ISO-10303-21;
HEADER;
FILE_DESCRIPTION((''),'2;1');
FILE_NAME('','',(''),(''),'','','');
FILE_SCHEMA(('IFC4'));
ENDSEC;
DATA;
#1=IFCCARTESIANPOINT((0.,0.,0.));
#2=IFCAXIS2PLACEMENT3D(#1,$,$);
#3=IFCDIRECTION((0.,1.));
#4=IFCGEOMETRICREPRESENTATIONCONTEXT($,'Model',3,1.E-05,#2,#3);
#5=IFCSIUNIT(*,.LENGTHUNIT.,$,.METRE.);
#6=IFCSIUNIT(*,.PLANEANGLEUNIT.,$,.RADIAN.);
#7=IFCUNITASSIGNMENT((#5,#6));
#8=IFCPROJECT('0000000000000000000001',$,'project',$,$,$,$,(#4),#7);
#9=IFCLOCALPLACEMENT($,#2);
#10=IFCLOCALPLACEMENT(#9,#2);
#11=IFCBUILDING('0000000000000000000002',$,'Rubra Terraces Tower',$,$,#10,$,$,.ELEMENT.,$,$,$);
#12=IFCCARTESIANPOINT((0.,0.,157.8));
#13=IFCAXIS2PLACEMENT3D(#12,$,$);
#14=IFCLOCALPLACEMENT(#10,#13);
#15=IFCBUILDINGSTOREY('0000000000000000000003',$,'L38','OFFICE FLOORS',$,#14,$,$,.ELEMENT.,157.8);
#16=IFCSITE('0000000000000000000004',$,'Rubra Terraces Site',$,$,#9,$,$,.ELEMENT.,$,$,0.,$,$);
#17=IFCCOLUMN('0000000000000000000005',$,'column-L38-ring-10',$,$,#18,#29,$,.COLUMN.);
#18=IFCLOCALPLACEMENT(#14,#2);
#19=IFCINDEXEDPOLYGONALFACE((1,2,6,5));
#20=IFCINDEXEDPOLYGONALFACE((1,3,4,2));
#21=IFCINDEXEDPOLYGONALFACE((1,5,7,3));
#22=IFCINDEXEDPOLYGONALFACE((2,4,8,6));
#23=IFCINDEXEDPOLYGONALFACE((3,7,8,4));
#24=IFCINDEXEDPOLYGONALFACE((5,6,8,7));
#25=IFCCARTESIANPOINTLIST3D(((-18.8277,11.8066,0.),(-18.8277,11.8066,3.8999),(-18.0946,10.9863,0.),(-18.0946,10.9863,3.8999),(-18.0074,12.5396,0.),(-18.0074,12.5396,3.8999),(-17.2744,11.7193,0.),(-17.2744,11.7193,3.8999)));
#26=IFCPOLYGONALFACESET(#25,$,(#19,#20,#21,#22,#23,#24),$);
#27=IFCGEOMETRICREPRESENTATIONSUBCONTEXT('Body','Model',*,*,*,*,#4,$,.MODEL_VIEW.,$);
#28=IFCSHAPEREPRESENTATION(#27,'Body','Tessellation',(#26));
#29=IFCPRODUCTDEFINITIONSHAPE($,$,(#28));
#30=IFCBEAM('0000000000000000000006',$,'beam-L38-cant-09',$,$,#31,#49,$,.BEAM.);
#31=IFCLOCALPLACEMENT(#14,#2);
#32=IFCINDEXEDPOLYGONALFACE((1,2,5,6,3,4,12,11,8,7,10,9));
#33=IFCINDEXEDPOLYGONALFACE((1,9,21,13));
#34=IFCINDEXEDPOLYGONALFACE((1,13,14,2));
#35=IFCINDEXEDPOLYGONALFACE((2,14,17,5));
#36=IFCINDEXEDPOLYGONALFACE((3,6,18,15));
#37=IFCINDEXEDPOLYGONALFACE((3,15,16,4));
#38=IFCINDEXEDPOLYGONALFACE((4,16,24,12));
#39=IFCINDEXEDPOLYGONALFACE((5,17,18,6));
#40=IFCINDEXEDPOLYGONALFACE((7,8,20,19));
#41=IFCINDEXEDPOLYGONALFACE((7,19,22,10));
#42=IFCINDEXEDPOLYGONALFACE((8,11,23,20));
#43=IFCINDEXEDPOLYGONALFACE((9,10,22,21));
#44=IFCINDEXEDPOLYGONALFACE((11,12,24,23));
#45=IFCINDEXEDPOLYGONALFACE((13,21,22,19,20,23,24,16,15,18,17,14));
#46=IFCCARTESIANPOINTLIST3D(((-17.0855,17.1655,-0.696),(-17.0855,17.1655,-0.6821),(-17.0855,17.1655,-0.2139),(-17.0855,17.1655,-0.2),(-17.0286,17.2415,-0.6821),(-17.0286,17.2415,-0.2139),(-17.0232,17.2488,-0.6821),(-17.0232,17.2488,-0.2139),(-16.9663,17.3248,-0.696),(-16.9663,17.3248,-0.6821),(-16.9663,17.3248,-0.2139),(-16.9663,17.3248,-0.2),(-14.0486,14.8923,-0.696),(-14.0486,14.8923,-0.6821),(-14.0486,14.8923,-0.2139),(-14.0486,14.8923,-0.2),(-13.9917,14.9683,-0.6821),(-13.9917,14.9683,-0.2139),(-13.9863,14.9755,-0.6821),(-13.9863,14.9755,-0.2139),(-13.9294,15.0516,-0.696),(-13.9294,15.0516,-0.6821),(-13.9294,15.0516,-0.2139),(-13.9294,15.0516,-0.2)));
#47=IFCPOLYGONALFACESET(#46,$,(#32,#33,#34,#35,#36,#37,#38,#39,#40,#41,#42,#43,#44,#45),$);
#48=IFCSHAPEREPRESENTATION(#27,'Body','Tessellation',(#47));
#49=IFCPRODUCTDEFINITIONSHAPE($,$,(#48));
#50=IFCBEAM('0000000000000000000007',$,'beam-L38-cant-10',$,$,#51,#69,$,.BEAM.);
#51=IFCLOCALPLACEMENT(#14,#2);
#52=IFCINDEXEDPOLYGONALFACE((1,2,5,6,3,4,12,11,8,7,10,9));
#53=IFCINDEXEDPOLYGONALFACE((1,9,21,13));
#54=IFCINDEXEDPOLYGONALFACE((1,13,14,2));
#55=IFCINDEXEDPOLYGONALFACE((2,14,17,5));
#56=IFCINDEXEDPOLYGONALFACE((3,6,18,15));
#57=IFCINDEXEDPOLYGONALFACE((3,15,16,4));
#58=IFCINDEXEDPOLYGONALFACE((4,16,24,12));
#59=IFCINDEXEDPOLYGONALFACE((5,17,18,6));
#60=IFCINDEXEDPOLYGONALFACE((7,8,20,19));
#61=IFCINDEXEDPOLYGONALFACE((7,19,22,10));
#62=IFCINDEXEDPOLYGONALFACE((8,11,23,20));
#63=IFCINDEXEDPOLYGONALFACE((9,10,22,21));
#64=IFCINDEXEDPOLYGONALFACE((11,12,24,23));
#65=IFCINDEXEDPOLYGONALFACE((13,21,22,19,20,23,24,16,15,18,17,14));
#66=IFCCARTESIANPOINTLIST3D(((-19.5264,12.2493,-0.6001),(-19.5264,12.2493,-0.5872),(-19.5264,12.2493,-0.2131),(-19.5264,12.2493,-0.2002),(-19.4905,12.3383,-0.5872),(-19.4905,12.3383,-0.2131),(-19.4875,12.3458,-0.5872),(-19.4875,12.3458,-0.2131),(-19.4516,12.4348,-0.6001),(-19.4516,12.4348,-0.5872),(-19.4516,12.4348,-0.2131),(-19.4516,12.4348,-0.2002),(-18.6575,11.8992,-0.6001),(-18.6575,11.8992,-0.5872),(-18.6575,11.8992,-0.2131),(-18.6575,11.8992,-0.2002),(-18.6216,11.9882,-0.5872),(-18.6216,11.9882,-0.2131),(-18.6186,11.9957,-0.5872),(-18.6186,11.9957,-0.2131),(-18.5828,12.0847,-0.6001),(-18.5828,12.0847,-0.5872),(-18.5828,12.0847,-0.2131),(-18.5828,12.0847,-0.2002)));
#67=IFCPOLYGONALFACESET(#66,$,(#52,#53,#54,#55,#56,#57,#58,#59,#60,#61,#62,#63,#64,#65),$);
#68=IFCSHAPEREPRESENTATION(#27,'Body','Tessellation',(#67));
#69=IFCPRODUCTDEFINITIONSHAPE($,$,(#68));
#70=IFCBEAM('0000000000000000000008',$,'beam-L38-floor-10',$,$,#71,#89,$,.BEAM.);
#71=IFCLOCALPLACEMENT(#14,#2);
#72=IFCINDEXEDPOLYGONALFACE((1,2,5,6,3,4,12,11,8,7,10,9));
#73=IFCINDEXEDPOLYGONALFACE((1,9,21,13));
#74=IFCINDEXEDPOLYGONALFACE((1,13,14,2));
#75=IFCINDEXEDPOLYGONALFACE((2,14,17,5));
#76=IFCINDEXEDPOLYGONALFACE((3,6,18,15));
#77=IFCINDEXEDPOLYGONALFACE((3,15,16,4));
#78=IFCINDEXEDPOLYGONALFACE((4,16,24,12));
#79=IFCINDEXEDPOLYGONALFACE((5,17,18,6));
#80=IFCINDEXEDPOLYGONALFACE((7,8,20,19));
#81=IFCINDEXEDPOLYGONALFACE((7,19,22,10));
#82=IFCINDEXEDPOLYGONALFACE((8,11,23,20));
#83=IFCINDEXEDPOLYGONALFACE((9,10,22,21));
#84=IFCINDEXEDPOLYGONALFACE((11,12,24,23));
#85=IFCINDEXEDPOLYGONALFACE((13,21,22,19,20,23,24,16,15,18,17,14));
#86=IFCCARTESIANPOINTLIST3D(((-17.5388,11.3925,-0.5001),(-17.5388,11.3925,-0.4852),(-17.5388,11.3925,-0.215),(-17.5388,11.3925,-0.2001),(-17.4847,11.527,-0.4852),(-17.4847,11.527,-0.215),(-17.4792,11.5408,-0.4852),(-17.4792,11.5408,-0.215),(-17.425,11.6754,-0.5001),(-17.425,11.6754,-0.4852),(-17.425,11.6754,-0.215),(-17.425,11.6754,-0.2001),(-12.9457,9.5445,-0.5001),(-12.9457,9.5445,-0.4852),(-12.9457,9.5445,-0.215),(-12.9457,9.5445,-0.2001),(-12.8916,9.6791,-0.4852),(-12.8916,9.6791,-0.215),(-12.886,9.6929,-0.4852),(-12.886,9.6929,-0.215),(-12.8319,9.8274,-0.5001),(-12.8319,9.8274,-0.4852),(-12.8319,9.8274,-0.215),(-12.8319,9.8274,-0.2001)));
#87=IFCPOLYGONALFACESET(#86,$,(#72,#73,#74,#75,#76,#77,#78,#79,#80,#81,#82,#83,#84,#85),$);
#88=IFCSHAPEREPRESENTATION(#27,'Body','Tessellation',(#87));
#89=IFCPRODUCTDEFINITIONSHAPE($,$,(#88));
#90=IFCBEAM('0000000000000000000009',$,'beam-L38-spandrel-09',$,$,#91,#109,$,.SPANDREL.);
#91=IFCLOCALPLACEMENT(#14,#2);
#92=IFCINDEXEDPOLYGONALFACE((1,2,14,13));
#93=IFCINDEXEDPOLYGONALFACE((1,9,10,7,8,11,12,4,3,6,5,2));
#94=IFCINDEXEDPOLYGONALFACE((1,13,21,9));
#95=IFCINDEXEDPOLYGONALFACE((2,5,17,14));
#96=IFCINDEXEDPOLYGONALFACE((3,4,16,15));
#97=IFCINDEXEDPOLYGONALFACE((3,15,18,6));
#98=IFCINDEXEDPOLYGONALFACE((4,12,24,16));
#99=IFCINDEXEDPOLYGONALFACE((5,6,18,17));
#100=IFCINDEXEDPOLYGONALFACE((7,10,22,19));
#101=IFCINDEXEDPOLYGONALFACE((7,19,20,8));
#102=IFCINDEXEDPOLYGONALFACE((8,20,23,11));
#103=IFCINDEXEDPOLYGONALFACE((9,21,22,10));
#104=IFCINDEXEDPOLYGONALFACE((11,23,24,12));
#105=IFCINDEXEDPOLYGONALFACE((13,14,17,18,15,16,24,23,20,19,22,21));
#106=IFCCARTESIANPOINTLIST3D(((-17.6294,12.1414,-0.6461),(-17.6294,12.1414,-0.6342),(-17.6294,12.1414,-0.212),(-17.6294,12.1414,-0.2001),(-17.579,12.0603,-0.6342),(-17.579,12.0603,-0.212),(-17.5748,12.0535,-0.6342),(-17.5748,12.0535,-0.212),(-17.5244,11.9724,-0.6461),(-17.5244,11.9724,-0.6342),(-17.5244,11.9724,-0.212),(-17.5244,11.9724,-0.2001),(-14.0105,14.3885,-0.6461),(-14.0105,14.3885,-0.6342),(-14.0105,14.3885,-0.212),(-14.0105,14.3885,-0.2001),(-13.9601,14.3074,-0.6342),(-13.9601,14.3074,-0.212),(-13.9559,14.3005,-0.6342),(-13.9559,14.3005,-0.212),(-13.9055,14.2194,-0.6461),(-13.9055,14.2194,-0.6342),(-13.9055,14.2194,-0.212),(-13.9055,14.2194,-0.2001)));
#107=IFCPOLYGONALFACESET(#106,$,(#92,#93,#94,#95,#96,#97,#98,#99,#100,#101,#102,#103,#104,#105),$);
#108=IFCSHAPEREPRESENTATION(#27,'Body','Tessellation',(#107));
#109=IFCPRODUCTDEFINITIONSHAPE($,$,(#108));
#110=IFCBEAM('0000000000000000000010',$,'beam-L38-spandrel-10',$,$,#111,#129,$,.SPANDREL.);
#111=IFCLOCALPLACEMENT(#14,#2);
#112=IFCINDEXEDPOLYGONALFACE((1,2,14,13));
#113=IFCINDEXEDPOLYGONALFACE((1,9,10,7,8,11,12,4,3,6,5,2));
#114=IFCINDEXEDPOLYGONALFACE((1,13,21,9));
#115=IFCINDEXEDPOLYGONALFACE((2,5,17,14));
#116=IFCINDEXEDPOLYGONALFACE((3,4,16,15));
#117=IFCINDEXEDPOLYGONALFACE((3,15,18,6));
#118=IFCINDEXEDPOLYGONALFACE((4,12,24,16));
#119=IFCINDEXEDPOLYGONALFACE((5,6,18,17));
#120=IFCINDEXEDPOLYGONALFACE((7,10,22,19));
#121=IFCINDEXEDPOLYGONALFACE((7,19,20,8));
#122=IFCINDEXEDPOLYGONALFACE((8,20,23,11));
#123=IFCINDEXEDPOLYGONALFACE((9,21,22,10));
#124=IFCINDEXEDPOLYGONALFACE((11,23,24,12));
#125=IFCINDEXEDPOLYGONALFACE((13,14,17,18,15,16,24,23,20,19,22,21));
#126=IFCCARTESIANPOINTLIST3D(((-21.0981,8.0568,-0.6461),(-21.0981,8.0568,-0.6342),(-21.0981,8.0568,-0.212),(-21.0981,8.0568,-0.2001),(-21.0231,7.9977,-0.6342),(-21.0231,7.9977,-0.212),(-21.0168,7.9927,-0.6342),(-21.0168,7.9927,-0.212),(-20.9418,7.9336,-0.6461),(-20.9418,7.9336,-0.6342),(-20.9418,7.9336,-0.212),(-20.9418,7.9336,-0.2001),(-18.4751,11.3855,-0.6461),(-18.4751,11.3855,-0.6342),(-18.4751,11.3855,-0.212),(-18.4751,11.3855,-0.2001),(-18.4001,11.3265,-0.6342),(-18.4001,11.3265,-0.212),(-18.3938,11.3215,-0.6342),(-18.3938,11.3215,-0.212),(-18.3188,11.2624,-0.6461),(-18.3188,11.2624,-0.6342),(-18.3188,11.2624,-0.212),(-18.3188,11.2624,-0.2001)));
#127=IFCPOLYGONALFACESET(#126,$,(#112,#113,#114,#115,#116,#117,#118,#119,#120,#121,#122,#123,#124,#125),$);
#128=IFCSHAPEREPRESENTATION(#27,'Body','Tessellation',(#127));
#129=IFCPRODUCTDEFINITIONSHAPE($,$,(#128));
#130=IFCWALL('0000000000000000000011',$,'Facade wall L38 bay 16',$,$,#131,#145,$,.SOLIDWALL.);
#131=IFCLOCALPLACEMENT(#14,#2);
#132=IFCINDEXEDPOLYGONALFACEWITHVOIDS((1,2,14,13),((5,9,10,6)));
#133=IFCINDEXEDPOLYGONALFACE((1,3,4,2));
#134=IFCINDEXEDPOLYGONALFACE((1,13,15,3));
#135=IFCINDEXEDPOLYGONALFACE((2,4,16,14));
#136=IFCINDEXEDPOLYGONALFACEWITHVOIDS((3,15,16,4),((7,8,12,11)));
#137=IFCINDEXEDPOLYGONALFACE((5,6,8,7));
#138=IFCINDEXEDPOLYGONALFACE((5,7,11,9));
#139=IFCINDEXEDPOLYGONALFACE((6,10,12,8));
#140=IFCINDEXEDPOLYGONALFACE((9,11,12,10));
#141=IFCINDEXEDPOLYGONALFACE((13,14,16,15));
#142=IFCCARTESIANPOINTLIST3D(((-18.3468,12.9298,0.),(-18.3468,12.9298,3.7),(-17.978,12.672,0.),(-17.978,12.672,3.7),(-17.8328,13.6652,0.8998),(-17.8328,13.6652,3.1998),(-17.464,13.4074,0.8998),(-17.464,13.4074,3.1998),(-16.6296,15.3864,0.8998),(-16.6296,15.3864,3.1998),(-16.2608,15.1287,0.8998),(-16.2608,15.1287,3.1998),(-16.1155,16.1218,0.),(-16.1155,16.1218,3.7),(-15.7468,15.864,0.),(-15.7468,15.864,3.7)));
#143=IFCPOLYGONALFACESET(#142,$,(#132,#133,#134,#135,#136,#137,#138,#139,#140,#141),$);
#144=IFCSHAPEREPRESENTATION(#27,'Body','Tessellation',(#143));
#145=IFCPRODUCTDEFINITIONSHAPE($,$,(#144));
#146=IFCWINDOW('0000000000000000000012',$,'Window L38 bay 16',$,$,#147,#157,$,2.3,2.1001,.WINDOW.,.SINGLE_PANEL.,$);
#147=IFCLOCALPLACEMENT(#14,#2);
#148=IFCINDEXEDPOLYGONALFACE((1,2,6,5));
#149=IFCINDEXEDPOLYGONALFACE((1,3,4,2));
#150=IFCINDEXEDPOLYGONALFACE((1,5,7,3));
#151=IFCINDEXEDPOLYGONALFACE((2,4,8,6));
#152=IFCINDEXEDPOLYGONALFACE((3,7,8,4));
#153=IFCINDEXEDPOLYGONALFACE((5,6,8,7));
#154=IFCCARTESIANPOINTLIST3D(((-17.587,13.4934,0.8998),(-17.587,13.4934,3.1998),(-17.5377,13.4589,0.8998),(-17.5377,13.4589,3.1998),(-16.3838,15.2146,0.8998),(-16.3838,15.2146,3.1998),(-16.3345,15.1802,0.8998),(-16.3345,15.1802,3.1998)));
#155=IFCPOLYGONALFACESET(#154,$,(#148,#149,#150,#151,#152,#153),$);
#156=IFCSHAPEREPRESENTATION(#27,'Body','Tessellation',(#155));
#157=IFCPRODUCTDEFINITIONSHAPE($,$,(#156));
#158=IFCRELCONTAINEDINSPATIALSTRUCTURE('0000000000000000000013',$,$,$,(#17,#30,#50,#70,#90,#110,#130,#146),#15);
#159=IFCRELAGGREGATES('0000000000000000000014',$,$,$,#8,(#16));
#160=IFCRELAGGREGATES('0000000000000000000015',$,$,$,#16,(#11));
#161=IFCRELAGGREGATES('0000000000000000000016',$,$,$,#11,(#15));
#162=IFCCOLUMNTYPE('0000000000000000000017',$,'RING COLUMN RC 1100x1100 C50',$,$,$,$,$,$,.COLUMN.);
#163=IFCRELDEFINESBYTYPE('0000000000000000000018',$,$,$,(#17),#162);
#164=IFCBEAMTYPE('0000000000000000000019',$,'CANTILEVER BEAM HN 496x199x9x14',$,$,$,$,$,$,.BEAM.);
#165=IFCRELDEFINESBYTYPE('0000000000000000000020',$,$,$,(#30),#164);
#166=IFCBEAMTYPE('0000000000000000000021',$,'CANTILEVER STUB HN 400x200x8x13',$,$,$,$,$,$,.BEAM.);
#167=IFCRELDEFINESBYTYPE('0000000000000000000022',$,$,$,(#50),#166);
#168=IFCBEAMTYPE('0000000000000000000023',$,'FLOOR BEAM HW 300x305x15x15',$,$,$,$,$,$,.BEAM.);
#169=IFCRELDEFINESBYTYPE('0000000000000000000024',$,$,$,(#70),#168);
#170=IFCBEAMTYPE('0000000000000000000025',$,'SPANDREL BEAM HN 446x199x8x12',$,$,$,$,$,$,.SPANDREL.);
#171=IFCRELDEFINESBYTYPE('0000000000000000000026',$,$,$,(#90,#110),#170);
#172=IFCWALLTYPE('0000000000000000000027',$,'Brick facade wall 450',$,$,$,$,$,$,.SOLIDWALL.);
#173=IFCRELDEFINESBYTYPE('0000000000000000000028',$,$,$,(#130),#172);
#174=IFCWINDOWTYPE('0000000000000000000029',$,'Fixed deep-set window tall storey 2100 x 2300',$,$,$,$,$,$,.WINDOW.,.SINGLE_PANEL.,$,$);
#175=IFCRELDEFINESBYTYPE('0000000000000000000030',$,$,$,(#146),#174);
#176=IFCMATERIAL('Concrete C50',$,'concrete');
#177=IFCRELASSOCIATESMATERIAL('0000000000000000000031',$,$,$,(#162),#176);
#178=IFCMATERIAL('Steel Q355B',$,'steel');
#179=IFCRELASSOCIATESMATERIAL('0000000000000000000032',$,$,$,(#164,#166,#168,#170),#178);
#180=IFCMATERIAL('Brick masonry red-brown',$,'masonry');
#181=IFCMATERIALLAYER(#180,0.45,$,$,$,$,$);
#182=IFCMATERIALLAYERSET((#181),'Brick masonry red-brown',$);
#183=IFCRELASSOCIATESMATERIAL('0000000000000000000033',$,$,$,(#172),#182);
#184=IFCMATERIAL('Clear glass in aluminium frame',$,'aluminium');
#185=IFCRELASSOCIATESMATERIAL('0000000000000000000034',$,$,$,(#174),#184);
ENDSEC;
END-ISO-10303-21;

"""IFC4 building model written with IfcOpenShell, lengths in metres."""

from ifc_helpers import new_model, si_unit, direction, frame, frame_2d, origin, origin_2d, place, context, subcontext, project, spatial, rectangle, i_section, extrude, material, layer, layer_set, material_profile, profile_set, type_object, element, fill, save


model = new_model("IFC4")

# Units and contexts
model_context = context("Model", 3, precision=1e-05, world=origin(), true_north=direction((0.0, 1.0)))
body_context = subcontext(model_context, "Body", "Model", "MODEL_VIEW")
ifc_project = project(units=[si_unit("LENGTHUNIT", "METRE"), si_unit("PLANEANGLEUNIT", "RADIAN")], contexts=[model_context])

# Site, building, storey
site_placement = place(None, origin())
site = spatial("IfcSite", under=ifc_project, at=site_placement, Name="Rubra Terraces Site", CompositionType="ELEMENT", RefElevation=0.0)
building_placement = place(site_placement, origin())
building = spatial("IfcBuilding", under=site, at=building_placement, Name="Rubra Terraces Tower", CompositionType="ELEMENT")
storey_placement = place(building_placement, frame((0.0, 0.0, 157.8)))
storey = spatial("IfcBuildingStorey", under=building, at=storey_placement, Name="L38", Description="OFFICE FLOORS", CompositionType="ELEMENT", Elevation=157.8)

# Column
ifc_material_1 = material(Name="Concrete C50", Category="concrete")
ifc_material_profile_1 = material_profile(ifc_material_1, rectangle(XDim=1.1001, YDim=1.1001, at=origin_2d()), Name="RC 1100x1100")
ifc_profile_set_1 = profile_set([ifc_material_profile_1], Name="Concrete C50")
column_type = type_object("IfcColumnType", Name="RING COLUMN RC 1100x1100 C50", PredefinedType="COLUMN", material=ifc_profile_set_1)
column_placement = place(storey_placement, frame((-18.051, 11.7629, 0.0), z_axis=(0.0, 0.0, 1.0), x_axis=(-0.745642, -0.666347, 0.0)))
element("IfcColumn", 1, at=column_placement, inside=storey, type_object=column_type, Name="column-L38-ring-10", PredefinedType="COLUMN", context=body_context, shape_type="SweptSolid", body=[
    extrude(rectangle(XDim=1.1001, YDim=1.1001, at=origin_2d()), origin(), (0.0, 0.0, 1.0), 3.8999),
])

# Beams
ifc_material_2 = material(Name="Steel Q355B", Category="steel")
ifc_material_profile_2 = material_profile(ifc_material_2, i_section(OverallWidth=0.199, OverallDepth=0.4961, WebThickness=0.009, FlangeThickness=0.0139, at=origin_2d()), Name="HN 496x199x9x14")
ifc_profile_set_2 = profile_set([ifc_material_profile_2], Name="Steel Q355B")
beam_type_1 = type_object("IfcBeamType", Name="CANTILEVER BEAM HN 496x199x9x14", PredefinedType="BEAM", material=ifc_profile_set_2)
beam_1_placement = place(storey_placement, frame((-13.989, 14.9719, -0.448), z_axis=(-0.800563, 0.599248, 0.0), x_axis=(-0.599248, -0.800563, 0.0)))
element("IfcBeam", 2, at=beam_1_placement, inside=storey, type_object=beam_type_1, Name="beam-L38-cant-09", PredefinedType="BEAM", context=body_context, shape_type="SweptSolid", body=[
    extrude(i_section(OverallWidth=0.199, OverallDepth=0.4961, WebThickness=0.009, FlangeThickness=0.0139, at=origin_2d()), origin(), (0.0, 0.0, 1.0), 3.7935),
])
ifc_material_profile_3 = material_profile(ifc_material_2, i_section(OverallWidth=0.2, OverallDepth=0.3999, WebThickness=0.0081, FlangeThickness=0.0129, at=origin_2d()), Name="HN 400x200x8x13")
ifc_profile_set_3 = profile_set([ifc_material_profile_3], Name="Steel Q355B")
beam_type_2 = type_object("IfcBeamType", Name="CANTILEVER STUB HN 400x200x8x13", PredefinedType="BEAM", material=ifc_profile_set_3)
beam_2_placement = place(storey_placement, frame((-18.6201, 11.9919, -0.4001), z_axis=(-0.927539, 0.373726, 0.0), x_axis=(-0.373726, -0.927539, 0.0)))
element("IfcBeam", 3, at=beam_2_placement, inside=storey, type_object=beam_type_2, Name="beam-L38-cant-10", PredefinedType="BEAM", context=body_context, shape_type="SweptSolid", body=[
    extrude(i_section(OverallWidth=0.2, OverallDepth=0.3999, WebThickness=0.0081, FlangeThickness=0.0129, at=origin_2d()), origin(), (0.0, 0.0, 1.0), 0.9368),
])
ifc_material_profile_4 = material_profile(ifc_material_2, i_section(OverallWidth=0.3049, OverallDepth=0.3, WebThickness=0.0149, FlangeThickness=0.0149, at=origin_2d()), Name="HW 300x305x15x15")
ifc_profile_set_4 = profile_set([ifc_material_profile_4], Name="Steel Q355B")
beam_type_3 = type_object("IfcBeamType", Name="FLOOR BEAM HW 300x305x15x15", PredefinedType="BEAM", material=ifc_profile_set_4)
beam_3_placement = place(storey_placement, frame((-17.4819, 11.5339, -0.3501), z_axis=(0.92773, -0.373252, 0.0), x_axis=(0.373252, 0.92773, 0.0)))
element("IfcBeam", 4, at=beam_3_placement, inside=storey, type_object=beam_type_3, Name="beam-L38-floor-10", PredefinedType="BEAM", context=body_context, shape_type="SweptSolid", body=[
    extrude(i_section(OverallWidth=0.3049, OverallDepth=0.3, WebThickness=0.0149, FlangeThickness=0.0149, at=origin_2d()), origin(), (0.0, 0.0, 1.0), 4.9509),
])
ifc_material_profile_5 = material_profile(ifc_material_2, i_section(OverallWidth=0.199, OverallDepth=0.446, WebThickness=0.0081, FlangeThickness=0.012, at=origin_2d()), Name="HN 446x199x8x12")
ifc_profile_set_5 = profile_set([ifc_material_profile_5], Name="Steel Q355B")
beam_type_4 = type_object("IfcBeamType", Name="SPANDREL BEAM HN 446x199x8x12", PredefinedType="SPANDREL", material=ifc_profile_set_5)
beam_4_placement = place(storey_placement, frame((-13.958, 14.304, -0.4231), z_axis=(-0.84955, -0.527508, 0.0), x_axis=(0.527508, -0.84955, 0.0)))
element("IfcBeam", 5, at=beam_4_placement, inside=storey, type_object=beam_type_4, Name="beam-L38-spandrel-09", PredefinedType="SPANDREL", context=body_context, shape_type="SweptSolid", body=[
    extrude(i_section(OverallWidth=0.199, OverallDepth=0.446, WebThickness=0.0081, FlangeThickness=0.012, at=origin_2d()), origin(), (0.0, 0.0, 1.0), 4.2598),
])
beam_5_placement = place(storey_placement, frame((-18.397, 11.324, -0.4231), z_axis=(-0.618917, -0.785456, 0.0), x_axis=(0.785456, -0.618917, 0.0)))
element("IfcBeam", 6, at=beam_5_placement, inside=storey, type_object=beam_type_4, Name="beam-L38-spandrel-10", PredefinedType="SPANDREL", context=body_context, shape_type="SweptSolid", body=[
    extrude(i_section(OverallWidth=0.199, OverallDepth=0.446, WebThickness=0.0081, FlangeThickness=0.012, at=origin_2d()), origin(), (0.0, 0.0, 1.0), 4.238),
])

# Wall, opening, window
ifc_material_3 = material(Name="Brick masonry red-brown", Category="masonry")
ifc_layer_1 = layer(ifc_material_3, 0.45)
ifc_layer_set_1 = layer_set([ifc_layer_1], Name="Brick masonry red-brown")
wall_type_1 = type_object("IfcWallType", Name="Brick facade wall 450", PredefinedType="SOLIDWALL", material=ifc_layer_set_1)
wall_1_placement = place(storey_placement, frame((-15.9312, 15.9929, 0.0), z_axis=(0.0, 0.0, 1.0), x_axis=(-0.572924, -0.819609, 0.0)))
wall_1 = element("IfcWall", 7, at=wall_1_placement, inside=storey, type_object=wall_type_1, Name="Facade wall L38 bay 16", PredefinedType="SOLIDWALL", context=body_context, shape_type="SweptSolid", body=[
    extrude(rectangle(XDim=3.8945, YDim=0.45, at=frame_2d((1.9473, 0.0))), origin(), (0.0, 0.0, 1.0), 3.7),
])
opening_1_placement = place(wall_1_placement, frame((0.8972, 0.0, 0.8999)))
opening_1 = element("IfcOpeningElement", 8, at=opening_1_placement, cuts=wall_1, PredefinedType="OPENING", context=body_context, shape_type="SweptSolid", body=[
    extrude(rectangle(XDim=2.1001, YDim=2.3, at=frame_2d((1.05, 1.1499))), frame((0.0, 0.2349, 0.0), z_axis=(0.0, -1.0, 0.0), x_axis=(1.0, 0.0, 0.0)), (0.0, 0.0, 1.0), 0.47),
])
ifc_material_4 = material(Name="Clear glass in aluminium frame", Category="aluminium")
window_type_1 = type_object("IfcWindowType", Name="Fixed deep-set window tall storey 2100 x 2300", PartitioningType="SINGLE_PANEL", PredefinedType="WINDOW", material=ifc_material_4)
window_1_placement = place(opening_1_placement, origin())
window_1 = element("IfcWindow", 9, at=window_1_placement, inside=storey, type_object=window_type_1, Name="Window L38 bay 16", OverallHeight=2.3, OverallWidth=2.1001, PartitioningType="SINGLE_PANEL", PredefinedType="WINDOW", context=body_context, shape_type="SweptSolid", body=[
    extrude(rectangle(XDim=2.1001, YDim=2.3, at=frame_2d((1.05, 1.1499))), frame((0.0, 0.135, 0.0), z_axis=(0.0, -1.0, 0.0), x_axis=(1.0, 0.0, 0.0)), (0.0, 0.0, 1.0), 0.0601),
])
fill(opening_1, window_1)

save(model, "model.ifc")
